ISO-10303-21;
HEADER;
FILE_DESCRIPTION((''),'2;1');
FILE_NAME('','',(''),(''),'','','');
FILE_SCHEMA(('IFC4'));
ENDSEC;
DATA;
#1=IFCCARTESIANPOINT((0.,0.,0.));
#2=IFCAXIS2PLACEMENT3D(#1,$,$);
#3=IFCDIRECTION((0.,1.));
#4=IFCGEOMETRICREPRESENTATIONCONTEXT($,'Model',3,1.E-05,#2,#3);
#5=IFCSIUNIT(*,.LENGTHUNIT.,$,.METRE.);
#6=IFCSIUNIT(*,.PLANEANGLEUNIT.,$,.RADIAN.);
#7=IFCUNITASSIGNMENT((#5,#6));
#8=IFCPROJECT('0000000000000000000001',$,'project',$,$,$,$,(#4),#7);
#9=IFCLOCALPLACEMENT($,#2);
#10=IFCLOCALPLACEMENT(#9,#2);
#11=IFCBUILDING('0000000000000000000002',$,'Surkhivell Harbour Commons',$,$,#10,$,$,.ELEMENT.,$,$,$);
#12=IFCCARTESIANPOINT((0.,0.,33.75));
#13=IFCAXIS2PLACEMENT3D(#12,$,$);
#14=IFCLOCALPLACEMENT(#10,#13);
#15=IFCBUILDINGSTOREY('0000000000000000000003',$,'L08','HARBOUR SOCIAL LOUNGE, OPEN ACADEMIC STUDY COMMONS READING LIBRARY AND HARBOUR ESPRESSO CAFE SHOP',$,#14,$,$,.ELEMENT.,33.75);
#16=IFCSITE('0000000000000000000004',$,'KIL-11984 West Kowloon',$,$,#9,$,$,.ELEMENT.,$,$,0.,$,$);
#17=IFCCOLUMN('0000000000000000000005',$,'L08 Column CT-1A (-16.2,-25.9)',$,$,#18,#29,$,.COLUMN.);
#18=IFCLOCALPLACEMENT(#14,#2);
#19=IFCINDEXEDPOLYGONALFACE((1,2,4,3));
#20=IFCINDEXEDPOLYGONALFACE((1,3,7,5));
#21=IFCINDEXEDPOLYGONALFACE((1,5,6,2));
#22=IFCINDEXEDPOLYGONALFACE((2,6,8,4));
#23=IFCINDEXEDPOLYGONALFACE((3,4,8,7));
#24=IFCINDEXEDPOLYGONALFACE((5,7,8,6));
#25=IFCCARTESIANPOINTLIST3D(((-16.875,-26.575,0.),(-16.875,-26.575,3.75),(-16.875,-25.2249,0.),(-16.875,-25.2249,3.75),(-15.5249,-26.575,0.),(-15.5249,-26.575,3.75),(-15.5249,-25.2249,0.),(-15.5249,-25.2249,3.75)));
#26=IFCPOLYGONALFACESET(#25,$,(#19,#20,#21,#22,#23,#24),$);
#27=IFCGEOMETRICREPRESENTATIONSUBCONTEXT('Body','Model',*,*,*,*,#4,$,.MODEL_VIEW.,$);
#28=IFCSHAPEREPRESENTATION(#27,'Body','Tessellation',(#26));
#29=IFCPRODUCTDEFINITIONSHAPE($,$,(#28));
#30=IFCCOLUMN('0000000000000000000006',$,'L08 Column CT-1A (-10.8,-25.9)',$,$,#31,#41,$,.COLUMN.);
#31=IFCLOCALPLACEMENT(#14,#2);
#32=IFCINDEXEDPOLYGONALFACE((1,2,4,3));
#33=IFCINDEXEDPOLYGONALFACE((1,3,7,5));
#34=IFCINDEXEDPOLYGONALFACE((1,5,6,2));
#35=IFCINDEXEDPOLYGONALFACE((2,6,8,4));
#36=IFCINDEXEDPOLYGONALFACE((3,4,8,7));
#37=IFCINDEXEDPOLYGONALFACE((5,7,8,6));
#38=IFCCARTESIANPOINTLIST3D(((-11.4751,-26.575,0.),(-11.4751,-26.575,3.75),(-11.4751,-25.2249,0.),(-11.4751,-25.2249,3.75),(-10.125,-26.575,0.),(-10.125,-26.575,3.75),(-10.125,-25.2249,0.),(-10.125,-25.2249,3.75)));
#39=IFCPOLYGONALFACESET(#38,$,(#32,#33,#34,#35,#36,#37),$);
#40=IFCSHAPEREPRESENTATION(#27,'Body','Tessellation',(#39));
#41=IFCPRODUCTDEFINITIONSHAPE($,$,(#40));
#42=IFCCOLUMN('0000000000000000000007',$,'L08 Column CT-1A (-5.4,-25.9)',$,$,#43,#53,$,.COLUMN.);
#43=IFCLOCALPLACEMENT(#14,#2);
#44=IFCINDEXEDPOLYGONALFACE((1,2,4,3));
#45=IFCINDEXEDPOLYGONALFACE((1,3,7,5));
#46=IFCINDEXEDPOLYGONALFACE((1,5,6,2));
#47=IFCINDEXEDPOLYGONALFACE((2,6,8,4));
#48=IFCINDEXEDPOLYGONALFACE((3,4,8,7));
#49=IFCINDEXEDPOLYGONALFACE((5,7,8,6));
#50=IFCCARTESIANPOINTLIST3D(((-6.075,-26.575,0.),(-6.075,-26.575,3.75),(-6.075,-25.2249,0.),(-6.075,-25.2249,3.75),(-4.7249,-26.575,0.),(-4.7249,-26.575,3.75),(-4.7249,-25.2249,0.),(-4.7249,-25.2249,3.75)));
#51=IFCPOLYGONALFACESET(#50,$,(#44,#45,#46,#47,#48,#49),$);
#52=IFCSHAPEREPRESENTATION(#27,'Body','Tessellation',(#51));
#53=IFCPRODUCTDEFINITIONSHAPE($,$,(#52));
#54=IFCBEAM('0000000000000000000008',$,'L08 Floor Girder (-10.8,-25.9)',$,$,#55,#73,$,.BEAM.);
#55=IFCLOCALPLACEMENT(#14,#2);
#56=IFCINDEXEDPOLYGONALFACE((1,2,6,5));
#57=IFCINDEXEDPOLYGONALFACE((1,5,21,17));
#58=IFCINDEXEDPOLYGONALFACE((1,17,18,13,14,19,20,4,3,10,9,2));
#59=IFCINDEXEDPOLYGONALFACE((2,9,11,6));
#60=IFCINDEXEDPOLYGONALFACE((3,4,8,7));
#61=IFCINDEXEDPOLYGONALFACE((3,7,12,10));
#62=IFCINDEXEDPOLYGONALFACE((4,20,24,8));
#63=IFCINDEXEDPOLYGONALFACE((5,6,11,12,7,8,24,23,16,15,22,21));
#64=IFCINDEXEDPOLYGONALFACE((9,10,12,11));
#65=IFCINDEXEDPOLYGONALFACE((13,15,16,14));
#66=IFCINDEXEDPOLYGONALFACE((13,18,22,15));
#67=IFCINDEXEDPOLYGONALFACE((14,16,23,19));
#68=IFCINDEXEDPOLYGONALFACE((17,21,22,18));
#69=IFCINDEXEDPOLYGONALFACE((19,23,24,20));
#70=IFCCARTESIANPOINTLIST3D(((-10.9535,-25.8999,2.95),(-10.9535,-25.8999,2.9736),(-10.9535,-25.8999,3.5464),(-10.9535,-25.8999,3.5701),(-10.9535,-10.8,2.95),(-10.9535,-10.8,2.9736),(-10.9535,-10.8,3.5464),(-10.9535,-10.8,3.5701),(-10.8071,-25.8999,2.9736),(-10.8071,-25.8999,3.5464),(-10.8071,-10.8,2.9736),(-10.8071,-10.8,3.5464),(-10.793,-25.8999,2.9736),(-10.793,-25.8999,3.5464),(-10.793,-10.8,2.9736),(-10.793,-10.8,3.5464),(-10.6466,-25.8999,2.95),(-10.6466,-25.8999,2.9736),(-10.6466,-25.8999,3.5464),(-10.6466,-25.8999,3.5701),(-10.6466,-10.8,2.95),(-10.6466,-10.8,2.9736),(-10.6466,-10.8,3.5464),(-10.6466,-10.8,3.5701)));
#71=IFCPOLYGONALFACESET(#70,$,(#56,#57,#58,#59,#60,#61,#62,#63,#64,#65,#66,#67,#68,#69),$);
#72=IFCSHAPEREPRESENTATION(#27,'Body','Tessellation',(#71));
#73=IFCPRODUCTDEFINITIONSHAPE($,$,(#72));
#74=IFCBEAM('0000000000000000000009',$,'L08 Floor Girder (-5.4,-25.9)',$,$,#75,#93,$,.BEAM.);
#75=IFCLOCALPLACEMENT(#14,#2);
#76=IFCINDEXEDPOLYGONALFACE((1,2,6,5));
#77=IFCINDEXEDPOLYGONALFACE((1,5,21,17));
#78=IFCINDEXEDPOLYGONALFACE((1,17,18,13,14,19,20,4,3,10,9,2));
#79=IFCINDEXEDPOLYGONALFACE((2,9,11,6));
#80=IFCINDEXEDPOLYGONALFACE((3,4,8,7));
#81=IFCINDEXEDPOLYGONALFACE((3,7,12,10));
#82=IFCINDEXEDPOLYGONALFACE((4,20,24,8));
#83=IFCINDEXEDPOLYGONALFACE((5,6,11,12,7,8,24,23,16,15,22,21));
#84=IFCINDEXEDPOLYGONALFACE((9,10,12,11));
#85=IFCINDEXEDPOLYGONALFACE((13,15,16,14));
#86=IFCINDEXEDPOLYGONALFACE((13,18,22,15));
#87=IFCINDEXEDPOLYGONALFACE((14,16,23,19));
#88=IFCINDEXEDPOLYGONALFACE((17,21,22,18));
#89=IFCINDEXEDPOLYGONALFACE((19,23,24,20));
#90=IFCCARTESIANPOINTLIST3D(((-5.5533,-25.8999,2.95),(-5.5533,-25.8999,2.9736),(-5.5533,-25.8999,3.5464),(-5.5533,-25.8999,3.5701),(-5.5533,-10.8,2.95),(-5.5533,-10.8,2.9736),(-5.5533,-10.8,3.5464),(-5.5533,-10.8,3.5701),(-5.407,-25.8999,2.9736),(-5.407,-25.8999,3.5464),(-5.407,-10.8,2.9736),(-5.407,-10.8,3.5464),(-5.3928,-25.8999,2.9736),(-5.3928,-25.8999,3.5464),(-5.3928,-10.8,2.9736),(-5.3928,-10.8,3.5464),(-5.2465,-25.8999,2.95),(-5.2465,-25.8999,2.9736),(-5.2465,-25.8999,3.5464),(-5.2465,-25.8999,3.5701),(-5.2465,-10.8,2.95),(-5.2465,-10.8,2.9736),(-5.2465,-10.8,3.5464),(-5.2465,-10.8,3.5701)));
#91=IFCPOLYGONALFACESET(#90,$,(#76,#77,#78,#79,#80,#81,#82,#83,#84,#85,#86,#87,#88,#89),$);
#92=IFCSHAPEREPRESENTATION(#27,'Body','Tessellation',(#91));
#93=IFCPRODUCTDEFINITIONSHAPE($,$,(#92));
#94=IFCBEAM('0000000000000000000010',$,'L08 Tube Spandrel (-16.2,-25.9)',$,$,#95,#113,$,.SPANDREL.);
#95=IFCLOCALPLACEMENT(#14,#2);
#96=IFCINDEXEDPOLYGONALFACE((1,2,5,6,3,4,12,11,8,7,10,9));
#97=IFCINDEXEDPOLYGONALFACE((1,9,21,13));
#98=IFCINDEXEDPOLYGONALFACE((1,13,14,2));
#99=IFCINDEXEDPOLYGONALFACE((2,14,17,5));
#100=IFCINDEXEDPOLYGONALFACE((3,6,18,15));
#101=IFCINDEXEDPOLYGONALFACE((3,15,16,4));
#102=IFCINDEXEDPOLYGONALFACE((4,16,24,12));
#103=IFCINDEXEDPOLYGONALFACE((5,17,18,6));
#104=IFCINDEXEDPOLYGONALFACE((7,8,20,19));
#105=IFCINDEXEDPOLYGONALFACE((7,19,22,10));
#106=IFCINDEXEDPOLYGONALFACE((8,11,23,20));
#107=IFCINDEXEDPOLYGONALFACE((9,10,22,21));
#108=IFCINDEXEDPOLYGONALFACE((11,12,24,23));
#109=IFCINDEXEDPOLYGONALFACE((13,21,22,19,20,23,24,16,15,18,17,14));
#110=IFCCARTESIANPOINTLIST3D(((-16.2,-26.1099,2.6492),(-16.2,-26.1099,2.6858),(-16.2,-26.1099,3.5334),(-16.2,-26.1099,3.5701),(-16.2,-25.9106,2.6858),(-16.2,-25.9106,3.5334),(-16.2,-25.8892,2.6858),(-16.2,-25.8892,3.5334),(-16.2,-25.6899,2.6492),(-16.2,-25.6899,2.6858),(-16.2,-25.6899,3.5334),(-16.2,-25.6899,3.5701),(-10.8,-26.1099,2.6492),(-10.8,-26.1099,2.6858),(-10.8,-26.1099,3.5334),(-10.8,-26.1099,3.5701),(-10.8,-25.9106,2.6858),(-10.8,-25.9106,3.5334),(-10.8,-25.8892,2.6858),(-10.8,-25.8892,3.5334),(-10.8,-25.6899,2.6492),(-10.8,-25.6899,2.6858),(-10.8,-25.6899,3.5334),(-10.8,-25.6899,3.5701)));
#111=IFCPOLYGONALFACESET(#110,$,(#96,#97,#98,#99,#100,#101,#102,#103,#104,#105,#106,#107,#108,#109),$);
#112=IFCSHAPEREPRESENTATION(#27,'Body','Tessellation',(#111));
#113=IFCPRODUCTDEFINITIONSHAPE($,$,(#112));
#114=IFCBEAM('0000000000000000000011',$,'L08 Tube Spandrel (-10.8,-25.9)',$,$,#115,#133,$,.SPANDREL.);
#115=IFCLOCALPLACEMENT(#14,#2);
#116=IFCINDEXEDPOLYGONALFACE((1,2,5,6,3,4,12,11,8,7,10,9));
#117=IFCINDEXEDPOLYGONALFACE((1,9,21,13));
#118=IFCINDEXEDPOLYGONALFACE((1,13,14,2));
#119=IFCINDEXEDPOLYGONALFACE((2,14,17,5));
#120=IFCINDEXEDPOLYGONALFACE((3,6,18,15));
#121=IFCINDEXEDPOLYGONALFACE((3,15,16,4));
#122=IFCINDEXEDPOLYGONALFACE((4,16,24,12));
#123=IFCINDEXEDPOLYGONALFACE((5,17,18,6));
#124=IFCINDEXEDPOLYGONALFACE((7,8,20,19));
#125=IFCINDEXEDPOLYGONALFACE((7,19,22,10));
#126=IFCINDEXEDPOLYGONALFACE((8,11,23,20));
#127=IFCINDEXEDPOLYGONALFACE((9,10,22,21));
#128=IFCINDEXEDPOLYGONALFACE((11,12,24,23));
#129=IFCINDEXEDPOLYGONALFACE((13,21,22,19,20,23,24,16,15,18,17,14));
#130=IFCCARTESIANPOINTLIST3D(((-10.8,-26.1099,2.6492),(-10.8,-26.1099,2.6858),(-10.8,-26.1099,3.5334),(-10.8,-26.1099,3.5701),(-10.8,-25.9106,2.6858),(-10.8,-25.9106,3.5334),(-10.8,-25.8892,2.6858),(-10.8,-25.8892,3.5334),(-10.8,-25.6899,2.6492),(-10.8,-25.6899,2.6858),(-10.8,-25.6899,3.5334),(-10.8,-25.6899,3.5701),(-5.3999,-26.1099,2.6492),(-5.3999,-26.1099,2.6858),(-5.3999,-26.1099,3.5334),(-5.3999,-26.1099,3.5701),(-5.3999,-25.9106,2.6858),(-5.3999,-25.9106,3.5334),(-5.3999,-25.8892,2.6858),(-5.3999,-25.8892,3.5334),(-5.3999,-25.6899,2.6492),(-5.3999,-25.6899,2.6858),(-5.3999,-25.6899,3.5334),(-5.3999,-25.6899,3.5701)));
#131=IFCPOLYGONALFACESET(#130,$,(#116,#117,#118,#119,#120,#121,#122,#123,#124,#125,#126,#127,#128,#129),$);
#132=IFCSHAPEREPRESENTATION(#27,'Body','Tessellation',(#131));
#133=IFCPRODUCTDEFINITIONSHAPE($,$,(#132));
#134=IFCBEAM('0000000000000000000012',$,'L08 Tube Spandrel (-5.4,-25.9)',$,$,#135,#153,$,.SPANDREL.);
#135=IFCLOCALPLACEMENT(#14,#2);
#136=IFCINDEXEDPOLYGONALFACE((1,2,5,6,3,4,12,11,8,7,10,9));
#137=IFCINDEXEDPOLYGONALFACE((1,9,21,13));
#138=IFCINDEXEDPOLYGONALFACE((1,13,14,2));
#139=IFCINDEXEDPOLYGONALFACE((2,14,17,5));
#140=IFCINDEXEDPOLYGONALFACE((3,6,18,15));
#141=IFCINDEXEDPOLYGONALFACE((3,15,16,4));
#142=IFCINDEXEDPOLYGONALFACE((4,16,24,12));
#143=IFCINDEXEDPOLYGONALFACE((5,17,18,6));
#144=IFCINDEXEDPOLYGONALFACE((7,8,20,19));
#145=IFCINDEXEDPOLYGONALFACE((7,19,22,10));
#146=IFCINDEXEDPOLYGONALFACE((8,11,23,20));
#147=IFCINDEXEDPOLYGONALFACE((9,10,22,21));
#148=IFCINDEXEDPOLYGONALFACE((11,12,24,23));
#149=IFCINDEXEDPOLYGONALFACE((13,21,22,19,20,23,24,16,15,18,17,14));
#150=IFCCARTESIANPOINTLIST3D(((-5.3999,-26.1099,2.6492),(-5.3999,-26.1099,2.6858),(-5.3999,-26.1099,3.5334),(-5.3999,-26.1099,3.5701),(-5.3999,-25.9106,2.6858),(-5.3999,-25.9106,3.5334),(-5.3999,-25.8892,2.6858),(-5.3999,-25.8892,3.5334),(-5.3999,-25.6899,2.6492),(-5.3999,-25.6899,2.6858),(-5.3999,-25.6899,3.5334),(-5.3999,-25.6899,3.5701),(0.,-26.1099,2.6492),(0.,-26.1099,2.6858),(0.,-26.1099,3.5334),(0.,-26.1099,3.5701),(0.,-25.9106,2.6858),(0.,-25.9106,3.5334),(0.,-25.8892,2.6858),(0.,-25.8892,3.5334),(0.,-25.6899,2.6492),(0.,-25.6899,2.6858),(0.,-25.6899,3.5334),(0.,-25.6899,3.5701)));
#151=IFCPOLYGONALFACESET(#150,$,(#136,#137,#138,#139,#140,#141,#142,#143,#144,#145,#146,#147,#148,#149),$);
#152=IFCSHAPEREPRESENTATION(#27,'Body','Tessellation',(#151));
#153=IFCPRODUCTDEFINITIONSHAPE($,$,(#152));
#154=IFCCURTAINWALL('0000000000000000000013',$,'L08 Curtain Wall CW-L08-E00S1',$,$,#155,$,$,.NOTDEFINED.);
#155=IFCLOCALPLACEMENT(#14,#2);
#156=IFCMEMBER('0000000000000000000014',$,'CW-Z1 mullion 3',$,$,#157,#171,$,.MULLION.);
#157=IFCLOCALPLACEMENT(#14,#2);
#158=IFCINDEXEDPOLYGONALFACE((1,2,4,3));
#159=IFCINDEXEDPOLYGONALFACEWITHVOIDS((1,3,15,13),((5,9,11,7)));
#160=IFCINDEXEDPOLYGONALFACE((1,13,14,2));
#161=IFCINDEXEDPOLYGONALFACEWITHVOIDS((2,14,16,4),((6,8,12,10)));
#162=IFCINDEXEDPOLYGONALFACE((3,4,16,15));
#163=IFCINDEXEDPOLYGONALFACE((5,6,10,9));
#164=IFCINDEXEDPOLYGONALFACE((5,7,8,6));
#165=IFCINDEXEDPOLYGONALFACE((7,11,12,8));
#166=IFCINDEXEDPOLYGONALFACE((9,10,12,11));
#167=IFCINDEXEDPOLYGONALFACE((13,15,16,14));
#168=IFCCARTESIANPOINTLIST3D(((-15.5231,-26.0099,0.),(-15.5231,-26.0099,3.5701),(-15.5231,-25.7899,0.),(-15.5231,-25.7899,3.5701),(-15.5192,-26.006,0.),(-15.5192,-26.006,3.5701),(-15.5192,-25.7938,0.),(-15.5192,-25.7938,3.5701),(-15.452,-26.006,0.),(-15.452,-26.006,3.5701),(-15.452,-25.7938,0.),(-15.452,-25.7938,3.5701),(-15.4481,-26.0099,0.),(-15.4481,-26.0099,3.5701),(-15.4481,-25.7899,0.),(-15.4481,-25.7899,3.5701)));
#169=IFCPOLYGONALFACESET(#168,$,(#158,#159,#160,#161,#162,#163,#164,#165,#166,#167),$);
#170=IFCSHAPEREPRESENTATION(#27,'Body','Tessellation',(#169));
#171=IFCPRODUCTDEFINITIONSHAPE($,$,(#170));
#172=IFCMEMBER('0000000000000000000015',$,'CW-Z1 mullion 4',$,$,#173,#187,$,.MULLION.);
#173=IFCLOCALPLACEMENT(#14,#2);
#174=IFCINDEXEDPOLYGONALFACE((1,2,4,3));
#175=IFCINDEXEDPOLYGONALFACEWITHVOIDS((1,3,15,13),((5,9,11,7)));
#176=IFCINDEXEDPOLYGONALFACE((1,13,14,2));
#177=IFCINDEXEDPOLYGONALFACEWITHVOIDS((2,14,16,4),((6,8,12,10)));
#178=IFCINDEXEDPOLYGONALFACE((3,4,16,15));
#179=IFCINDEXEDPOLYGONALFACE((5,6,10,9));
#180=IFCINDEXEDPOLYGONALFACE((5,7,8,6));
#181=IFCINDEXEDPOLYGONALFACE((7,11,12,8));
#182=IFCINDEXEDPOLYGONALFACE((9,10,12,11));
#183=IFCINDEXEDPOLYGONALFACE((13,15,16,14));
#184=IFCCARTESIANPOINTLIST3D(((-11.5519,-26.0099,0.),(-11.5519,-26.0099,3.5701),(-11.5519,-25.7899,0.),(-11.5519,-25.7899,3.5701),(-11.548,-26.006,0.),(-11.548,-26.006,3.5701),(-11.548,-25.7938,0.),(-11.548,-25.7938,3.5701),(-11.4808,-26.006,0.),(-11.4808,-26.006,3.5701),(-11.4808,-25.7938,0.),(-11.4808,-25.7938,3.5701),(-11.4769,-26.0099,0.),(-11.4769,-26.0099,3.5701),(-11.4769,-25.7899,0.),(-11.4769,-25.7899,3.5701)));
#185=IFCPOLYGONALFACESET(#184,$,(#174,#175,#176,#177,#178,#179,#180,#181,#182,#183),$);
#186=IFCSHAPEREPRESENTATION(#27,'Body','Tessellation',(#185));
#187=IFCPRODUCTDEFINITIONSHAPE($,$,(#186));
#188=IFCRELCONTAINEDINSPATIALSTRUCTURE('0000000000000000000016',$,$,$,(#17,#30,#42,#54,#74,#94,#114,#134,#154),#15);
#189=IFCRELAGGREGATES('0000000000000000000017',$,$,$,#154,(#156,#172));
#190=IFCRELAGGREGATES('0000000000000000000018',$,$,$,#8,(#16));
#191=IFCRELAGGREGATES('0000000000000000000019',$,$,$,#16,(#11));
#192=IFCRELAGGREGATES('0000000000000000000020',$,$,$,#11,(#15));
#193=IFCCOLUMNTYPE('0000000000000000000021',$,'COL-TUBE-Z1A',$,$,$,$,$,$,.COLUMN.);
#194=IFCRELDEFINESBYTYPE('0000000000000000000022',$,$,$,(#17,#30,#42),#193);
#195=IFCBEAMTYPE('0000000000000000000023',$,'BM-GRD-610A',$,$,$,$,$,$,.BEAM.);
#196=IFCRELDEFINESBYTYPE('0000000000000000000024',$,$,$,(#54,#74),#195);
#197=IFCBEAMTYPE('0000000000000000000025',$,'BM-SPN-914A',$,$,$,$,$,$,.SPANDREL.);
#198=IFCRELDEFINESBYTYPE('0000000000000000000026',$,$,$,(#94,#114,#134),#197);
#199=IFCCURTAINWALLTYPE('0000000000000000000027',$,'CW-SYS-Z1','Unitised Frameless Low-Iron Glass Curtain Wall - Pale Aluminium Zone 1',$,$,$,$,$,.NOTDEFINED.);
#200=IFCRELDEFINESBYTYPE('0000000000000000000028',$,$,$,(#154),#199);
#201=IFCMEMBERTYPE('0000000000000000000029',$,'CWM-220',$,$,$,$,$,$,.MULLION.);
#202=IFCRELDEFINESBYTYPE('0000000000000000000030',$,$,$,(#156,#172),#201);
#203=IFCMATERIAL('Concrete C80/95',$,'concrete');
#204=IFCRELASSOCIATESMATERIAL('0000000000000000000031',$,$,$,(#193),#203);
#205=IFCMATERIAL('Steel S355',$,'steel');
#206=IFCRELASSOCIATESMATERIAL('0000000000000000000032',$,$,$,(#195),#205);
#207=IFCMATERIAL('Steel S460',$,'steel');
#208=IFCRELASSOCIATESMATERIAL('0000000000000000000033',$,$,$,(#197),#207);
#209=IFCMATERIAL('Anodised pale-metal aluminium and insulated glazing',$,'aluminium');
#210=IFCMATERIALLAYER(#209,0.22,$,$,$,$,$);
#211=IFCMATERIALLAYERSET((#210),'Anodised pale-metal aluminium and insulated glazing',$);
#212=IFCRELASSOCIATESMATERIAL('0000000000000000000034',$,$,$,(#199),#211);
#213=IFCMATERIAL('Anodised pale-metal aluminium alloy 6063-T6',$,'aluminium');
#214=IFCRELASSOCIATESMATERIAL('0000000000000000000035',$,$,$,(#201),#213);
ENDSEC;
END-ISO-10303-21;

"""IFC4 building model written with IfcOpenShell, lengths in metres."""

from ifc_helpers import new_model, si_unit, direction, frame, origin, origin_2d, place, context, subcontext, project, spatial, rectangle, hollow_rectangle, i_section, extrude, material, layer, layer_set, material_profile, profile_set, type_object, element, aggregate, save


model = new_model("IFC4")

# Units and contexts
model_context = context("Model", 3, precision=1e-05, world=origin(), true_north=direction((0.0, 1.0)))
body_context = subcontext(model_context, "Body", "Model", "MODEL_VIEW")
ifc_project = project(units=[si_unit("LENGTHUNIT", "METRE"), si_unit("PLANEANGLEUNIT", "RADIAN")], contexts=[model_context])

# Site, building, storey
site_placement = place(None, origin())
site = spatial("IfcSite", under=ifc_project, at=site_placement, Name="KIL-11984 West Kowloon", CompositionType="ELEMENT", RefElevation=0.0)
building_placement = place(site_placement, origin())
building = spatial("IfcBuilding", under=site, at=building_placement, Name="Surkhivell Harbour Commons", CompositionType="ELEMENT")
storey_placement = place(building_placement, frame((0.0, 0.0, 33.75)))
storey = spatial("IfcBuildingStorey", under=building, at=storey_placement, Name="L08", Description="HARBOUR SOCIAL LOUNGE, OPEN ACADEMIC STUDY COMMONS READING LIBRARY AND HARBOUR ESPRESSO CAFE SHOP", CompositionType="ELEMENT", Elevation=33.75)

# Columns
ifc_material_1 = material(Name="Concrete C80/95", Category="concrete")
ifc_material_profile_1 = material_profile(ifc_material_1, rectangle(XDim=1.3501, YDim=1.3501, at=origin_2d()), Name="RC-COL-1350x1350")
ifc_profile_set_1 = profile_set([ifc_material_profile_1], Name="Concrete C80/95")
column_type = type_object("IfcColumnType", Name="COL-TUBE-Z1A", PredefinedType="COLUMN", material=ifc_profile_set_1)
for number, where, z_axis, x_axis, name in (
    (1, (-16.2, -25.8999, 0.0), (0.0, 0.0, 1.0), (1.0, 0.0, 0.0), "L08 Column CT-1A (-16.2,-25.9)"),
    (2, (-10.8, -25.8999, 0.0), (0.0, 0.0, 1.0), (1.0, 0.0, 0.0), "L08 Column CT-1A (-10.8,-25.9)"),
    (3, (-5.3999, -25.8999, 0.0), (0.0, 0.0, 1.0), (1.0, 0.0, 0.0), "L08 Column CT-1A (-5.4,-25.9)"),
):
    element("IfcColumn", number, at=place(storey_placement, frame(where, z_axis=z_axis, x_axis=x_axis)), inside=storey, type_object=column_type, Name=name, PredefinedType="COLUMN", context=body_context, shape_type="SweptSolid", body=[
        extrude(rectangle(XDim=1.3501, YDim=1.3501, at=origin_2d()), origin(), (0.0, 0.0, 1.0), 3.75),
    ])

# Beams
ifc_material_2 = material(Name="Steel S355", Category="steel")
ifc_material_profile_2 = material_profile(ifc_material_2, i_section(OverallWidth=0.3069, OverallDepth=0.6201, WebThickness=0.0142, FlangeThickness=0.0237, at=origin_2d()), Name="UB610x305x179")
ifc_profile_set_2 = profile_set([ifc_material_profile_2], Name="Steel S355")
beam_type_1 = type_object("IfcBeamType", Name="BM-GRD-610A", PredefinedType="BEAM", material=ifc_profile_set_2)
for number, where, z_axis, x_axis, name in (
    (4, (-10.8, -25.8999, 3.26), (0.0, 1.0, 0.0), (-1.0, 0.0, 0.0), "L08 Floor Girder (-10.8,-25.9)"),
    (5, (-5.3999, -25.8999, 3.26), (0.0, 1.0, 0.0), (-1.0, 0.0, 0.0), "L08 Floor Girder (-5.4,-25.9)"),
):
    element("IfcBeam", number, at=place(storey_placement, frame(where, z_axis=z_axis, x_axis=x_axis)), inside=storey, type_object=beam_type_1, Name=name, PredefinedType="BEAM", context=body_context, shape_type="SweptSolid", body=[
        extrude(i_section(OverallWidth=0.3069, OverallDepth=0.6201, WebThickness=0.0142, FlangeThickness=0.0237, at=origin_2d()), origin(), (0.0, 0.0, 1.0), 15.0999),
    ])
ifc_material_3 = material(Name="Steel S460", Category="steel")
ifc_material_profile_3 = material_profile(ifc_material_3, i_section(OverallWidth=0.4199, OverallDepth=0.9209, WebThickness=0.0215, FlangeThickness=0.0366, at=origin_2d()), Name="UB914x419x388")
ifc_profile_set_3 = profile_set([ifc_material_profile_3], Name="Steel S460")
beam_type_2 = type_object("IfcBeamType", Name="BM-SPN-914A", PredefinedType="SPANDREL", material=ifc_profile_set_3)
beam_1_placement = place(storey_placement, frame((-16.2, -25.8999, 3.1096), z_axis=(1.0, 0.0, 0.0), x_axis=(0.0, 1.0, 0.0)))
element("IfcBeam", 6, at=beam_1_placement, inside=storey, type_object=beam_type_2, Name="L08 Tube Spandrel (-16.2,-25.9)", PredefinedType="SPANDREL", context=body_context, shape_type="SweptSolid", body=[
    extrude(i_section(OverallWidth=0.4199, OverallDepth=0.9209, WebThickness=0.0215, FlangeThickness=0.0366, at=origin_2d()), origin(), (0.0, 0.0, 1.0), 5.3999),
])
beam_2_placement = place(storey_placement, frame((-10.8, -25.8999, 3.1096), z_axis=(1.0, 0.0, 0.0), x_axis=(0.0, 1.0, 0.0)))
element("IfcBeam", 7, at=beam_2_placement, inside=storey, type_object=beam_type_2, Name="L08 Tube Spandrel (-10.8,-25.9)", PredefinedType="SPANDREL", context=body_context, shape_type="SweptSolid", body=[
    extrude(i_section(OverallWidth=0.4199, OverallDepth=0.9209, WebThickness=0.0215, FlangeThickness=0.0366, at=origin_2d()), origin(), (0.0, 0.0, 1.0), 5.4001),
])
beam_3_placement = place(storey_placement, frame((-5.3999, -25.8999, 3.1096), z_axis=(1.0, 0.0, 0.0), x_axis=(0.0, 1.0, 0.0)))
element("IfcBeam", 8, at=beam_3_placement, inside=storey, type_object=beam_type_2, Name="L08 Tube Spandrel (-5.4,-25.9)", PredefinedType="SPANDREL", context=body_context, shape_type="SweptSolid", body=[
    extrude(i_section(OverallWidth=0.4199, OverallDepth=0.9209, WebThickness=0.0215, FlangeThickness=0.0366, at=origin_2d()), origin(), (0.0, 0.0, 1.0), 5.3999),
])

# Curtain wall, members
ifc_material_4 = material(Name="Anodised pale-metal aluminium and insulated glazing", Category="aluminium")
ifc_layer_1 = layer(ifc_material_4, 0.22)
ifc_layer_set_1 = layer_set([ifc_layer_1], Name="Anodised pale-metal aluminium and insulated glazing")
curtain_wall_type = type_object("IfcCurtainWallType", Name="CW-SYS-Z1", Description="Unitised Frameless Low-Iron Glass Curtain Wall - Pale Aluminium Zone 1", PredefinedType="NOTDEFINED", material=ifc_layer_set_1)
curtain_wall_placement = place(storey_placement, origin())
curtain_wall = element("IfcCurtainWall", 9, at=curtain_wall_placement, inside=storey, type_object=curtain_wall_type, Name="L08 Curtain Wall CW-L08-E00S1", PredefinedType="NOTDEFINED")
ifc_material_5 = material(Name="Anodised pale-metal aluminium alloy 6063-T6", Category="aluminium")
ifc_material_profile_4 = material_profile(ifc_material_5, hollow_rectangle(XDim=0.075, YDim=0.22, WallThickness=0.0039, at=origin_2d()), Name="ALU-MULL-75x220")
ifc_profile_set_4 = profile_set([ifc_material_profile_4], Name="Anodised pale-metal aluminium alloy 6063-T6")
member_type_1 = type_object("IfcMemberType", Name="CWM-220", PredefinedType="MULLION", material=ifc_profile_set_4)
member_1_placement = place(storey_placement, frame((-15.4856, -25.8999, 0.0), z_axis=(0.0, 0.0, 1.0), x_axis=(1.0, 0.0, 0.0)))
member_1 = element("IfcMember", 10, at=member_1_placement, type_object=member_type_1, Name="CW-Z1 mullion 3", PredefinedType="MULLION", context=body_context, shape_type="SweptSolid", body=[
    extrude(hollow_rectangle(XDim=0.075, YDim=0.22, WallThickness=0.0039, at=origin_2d()), origin(), (0.0, 0.0, 1.0), 3.5701),
])
member_2_placement = place(storey_placement, frame((-11.5144, -25.8999, 0.0), z_axis=(0.0, 0.0, 1.0), x_axis=(1.0, 0.0, 0.0)))
member_2 = element("IfcMember", 11, at=member_2_placement, type_object=member_type_1, Name="CW-Z1 mullion 4", PredefinedType="MULLION", context=body_context, shape_type="SweptSolid", body=[
    extrude(hollow_rectangle(XDim=0.075, YDim=0.22, WallThickness=0.0039, at=origin_2d()), origin(), (0.0, 0.0, 1.0), 3.5701),
])

aggregate(curtain_wall, [member_1, member_2])

save(model, "model.ifc")
